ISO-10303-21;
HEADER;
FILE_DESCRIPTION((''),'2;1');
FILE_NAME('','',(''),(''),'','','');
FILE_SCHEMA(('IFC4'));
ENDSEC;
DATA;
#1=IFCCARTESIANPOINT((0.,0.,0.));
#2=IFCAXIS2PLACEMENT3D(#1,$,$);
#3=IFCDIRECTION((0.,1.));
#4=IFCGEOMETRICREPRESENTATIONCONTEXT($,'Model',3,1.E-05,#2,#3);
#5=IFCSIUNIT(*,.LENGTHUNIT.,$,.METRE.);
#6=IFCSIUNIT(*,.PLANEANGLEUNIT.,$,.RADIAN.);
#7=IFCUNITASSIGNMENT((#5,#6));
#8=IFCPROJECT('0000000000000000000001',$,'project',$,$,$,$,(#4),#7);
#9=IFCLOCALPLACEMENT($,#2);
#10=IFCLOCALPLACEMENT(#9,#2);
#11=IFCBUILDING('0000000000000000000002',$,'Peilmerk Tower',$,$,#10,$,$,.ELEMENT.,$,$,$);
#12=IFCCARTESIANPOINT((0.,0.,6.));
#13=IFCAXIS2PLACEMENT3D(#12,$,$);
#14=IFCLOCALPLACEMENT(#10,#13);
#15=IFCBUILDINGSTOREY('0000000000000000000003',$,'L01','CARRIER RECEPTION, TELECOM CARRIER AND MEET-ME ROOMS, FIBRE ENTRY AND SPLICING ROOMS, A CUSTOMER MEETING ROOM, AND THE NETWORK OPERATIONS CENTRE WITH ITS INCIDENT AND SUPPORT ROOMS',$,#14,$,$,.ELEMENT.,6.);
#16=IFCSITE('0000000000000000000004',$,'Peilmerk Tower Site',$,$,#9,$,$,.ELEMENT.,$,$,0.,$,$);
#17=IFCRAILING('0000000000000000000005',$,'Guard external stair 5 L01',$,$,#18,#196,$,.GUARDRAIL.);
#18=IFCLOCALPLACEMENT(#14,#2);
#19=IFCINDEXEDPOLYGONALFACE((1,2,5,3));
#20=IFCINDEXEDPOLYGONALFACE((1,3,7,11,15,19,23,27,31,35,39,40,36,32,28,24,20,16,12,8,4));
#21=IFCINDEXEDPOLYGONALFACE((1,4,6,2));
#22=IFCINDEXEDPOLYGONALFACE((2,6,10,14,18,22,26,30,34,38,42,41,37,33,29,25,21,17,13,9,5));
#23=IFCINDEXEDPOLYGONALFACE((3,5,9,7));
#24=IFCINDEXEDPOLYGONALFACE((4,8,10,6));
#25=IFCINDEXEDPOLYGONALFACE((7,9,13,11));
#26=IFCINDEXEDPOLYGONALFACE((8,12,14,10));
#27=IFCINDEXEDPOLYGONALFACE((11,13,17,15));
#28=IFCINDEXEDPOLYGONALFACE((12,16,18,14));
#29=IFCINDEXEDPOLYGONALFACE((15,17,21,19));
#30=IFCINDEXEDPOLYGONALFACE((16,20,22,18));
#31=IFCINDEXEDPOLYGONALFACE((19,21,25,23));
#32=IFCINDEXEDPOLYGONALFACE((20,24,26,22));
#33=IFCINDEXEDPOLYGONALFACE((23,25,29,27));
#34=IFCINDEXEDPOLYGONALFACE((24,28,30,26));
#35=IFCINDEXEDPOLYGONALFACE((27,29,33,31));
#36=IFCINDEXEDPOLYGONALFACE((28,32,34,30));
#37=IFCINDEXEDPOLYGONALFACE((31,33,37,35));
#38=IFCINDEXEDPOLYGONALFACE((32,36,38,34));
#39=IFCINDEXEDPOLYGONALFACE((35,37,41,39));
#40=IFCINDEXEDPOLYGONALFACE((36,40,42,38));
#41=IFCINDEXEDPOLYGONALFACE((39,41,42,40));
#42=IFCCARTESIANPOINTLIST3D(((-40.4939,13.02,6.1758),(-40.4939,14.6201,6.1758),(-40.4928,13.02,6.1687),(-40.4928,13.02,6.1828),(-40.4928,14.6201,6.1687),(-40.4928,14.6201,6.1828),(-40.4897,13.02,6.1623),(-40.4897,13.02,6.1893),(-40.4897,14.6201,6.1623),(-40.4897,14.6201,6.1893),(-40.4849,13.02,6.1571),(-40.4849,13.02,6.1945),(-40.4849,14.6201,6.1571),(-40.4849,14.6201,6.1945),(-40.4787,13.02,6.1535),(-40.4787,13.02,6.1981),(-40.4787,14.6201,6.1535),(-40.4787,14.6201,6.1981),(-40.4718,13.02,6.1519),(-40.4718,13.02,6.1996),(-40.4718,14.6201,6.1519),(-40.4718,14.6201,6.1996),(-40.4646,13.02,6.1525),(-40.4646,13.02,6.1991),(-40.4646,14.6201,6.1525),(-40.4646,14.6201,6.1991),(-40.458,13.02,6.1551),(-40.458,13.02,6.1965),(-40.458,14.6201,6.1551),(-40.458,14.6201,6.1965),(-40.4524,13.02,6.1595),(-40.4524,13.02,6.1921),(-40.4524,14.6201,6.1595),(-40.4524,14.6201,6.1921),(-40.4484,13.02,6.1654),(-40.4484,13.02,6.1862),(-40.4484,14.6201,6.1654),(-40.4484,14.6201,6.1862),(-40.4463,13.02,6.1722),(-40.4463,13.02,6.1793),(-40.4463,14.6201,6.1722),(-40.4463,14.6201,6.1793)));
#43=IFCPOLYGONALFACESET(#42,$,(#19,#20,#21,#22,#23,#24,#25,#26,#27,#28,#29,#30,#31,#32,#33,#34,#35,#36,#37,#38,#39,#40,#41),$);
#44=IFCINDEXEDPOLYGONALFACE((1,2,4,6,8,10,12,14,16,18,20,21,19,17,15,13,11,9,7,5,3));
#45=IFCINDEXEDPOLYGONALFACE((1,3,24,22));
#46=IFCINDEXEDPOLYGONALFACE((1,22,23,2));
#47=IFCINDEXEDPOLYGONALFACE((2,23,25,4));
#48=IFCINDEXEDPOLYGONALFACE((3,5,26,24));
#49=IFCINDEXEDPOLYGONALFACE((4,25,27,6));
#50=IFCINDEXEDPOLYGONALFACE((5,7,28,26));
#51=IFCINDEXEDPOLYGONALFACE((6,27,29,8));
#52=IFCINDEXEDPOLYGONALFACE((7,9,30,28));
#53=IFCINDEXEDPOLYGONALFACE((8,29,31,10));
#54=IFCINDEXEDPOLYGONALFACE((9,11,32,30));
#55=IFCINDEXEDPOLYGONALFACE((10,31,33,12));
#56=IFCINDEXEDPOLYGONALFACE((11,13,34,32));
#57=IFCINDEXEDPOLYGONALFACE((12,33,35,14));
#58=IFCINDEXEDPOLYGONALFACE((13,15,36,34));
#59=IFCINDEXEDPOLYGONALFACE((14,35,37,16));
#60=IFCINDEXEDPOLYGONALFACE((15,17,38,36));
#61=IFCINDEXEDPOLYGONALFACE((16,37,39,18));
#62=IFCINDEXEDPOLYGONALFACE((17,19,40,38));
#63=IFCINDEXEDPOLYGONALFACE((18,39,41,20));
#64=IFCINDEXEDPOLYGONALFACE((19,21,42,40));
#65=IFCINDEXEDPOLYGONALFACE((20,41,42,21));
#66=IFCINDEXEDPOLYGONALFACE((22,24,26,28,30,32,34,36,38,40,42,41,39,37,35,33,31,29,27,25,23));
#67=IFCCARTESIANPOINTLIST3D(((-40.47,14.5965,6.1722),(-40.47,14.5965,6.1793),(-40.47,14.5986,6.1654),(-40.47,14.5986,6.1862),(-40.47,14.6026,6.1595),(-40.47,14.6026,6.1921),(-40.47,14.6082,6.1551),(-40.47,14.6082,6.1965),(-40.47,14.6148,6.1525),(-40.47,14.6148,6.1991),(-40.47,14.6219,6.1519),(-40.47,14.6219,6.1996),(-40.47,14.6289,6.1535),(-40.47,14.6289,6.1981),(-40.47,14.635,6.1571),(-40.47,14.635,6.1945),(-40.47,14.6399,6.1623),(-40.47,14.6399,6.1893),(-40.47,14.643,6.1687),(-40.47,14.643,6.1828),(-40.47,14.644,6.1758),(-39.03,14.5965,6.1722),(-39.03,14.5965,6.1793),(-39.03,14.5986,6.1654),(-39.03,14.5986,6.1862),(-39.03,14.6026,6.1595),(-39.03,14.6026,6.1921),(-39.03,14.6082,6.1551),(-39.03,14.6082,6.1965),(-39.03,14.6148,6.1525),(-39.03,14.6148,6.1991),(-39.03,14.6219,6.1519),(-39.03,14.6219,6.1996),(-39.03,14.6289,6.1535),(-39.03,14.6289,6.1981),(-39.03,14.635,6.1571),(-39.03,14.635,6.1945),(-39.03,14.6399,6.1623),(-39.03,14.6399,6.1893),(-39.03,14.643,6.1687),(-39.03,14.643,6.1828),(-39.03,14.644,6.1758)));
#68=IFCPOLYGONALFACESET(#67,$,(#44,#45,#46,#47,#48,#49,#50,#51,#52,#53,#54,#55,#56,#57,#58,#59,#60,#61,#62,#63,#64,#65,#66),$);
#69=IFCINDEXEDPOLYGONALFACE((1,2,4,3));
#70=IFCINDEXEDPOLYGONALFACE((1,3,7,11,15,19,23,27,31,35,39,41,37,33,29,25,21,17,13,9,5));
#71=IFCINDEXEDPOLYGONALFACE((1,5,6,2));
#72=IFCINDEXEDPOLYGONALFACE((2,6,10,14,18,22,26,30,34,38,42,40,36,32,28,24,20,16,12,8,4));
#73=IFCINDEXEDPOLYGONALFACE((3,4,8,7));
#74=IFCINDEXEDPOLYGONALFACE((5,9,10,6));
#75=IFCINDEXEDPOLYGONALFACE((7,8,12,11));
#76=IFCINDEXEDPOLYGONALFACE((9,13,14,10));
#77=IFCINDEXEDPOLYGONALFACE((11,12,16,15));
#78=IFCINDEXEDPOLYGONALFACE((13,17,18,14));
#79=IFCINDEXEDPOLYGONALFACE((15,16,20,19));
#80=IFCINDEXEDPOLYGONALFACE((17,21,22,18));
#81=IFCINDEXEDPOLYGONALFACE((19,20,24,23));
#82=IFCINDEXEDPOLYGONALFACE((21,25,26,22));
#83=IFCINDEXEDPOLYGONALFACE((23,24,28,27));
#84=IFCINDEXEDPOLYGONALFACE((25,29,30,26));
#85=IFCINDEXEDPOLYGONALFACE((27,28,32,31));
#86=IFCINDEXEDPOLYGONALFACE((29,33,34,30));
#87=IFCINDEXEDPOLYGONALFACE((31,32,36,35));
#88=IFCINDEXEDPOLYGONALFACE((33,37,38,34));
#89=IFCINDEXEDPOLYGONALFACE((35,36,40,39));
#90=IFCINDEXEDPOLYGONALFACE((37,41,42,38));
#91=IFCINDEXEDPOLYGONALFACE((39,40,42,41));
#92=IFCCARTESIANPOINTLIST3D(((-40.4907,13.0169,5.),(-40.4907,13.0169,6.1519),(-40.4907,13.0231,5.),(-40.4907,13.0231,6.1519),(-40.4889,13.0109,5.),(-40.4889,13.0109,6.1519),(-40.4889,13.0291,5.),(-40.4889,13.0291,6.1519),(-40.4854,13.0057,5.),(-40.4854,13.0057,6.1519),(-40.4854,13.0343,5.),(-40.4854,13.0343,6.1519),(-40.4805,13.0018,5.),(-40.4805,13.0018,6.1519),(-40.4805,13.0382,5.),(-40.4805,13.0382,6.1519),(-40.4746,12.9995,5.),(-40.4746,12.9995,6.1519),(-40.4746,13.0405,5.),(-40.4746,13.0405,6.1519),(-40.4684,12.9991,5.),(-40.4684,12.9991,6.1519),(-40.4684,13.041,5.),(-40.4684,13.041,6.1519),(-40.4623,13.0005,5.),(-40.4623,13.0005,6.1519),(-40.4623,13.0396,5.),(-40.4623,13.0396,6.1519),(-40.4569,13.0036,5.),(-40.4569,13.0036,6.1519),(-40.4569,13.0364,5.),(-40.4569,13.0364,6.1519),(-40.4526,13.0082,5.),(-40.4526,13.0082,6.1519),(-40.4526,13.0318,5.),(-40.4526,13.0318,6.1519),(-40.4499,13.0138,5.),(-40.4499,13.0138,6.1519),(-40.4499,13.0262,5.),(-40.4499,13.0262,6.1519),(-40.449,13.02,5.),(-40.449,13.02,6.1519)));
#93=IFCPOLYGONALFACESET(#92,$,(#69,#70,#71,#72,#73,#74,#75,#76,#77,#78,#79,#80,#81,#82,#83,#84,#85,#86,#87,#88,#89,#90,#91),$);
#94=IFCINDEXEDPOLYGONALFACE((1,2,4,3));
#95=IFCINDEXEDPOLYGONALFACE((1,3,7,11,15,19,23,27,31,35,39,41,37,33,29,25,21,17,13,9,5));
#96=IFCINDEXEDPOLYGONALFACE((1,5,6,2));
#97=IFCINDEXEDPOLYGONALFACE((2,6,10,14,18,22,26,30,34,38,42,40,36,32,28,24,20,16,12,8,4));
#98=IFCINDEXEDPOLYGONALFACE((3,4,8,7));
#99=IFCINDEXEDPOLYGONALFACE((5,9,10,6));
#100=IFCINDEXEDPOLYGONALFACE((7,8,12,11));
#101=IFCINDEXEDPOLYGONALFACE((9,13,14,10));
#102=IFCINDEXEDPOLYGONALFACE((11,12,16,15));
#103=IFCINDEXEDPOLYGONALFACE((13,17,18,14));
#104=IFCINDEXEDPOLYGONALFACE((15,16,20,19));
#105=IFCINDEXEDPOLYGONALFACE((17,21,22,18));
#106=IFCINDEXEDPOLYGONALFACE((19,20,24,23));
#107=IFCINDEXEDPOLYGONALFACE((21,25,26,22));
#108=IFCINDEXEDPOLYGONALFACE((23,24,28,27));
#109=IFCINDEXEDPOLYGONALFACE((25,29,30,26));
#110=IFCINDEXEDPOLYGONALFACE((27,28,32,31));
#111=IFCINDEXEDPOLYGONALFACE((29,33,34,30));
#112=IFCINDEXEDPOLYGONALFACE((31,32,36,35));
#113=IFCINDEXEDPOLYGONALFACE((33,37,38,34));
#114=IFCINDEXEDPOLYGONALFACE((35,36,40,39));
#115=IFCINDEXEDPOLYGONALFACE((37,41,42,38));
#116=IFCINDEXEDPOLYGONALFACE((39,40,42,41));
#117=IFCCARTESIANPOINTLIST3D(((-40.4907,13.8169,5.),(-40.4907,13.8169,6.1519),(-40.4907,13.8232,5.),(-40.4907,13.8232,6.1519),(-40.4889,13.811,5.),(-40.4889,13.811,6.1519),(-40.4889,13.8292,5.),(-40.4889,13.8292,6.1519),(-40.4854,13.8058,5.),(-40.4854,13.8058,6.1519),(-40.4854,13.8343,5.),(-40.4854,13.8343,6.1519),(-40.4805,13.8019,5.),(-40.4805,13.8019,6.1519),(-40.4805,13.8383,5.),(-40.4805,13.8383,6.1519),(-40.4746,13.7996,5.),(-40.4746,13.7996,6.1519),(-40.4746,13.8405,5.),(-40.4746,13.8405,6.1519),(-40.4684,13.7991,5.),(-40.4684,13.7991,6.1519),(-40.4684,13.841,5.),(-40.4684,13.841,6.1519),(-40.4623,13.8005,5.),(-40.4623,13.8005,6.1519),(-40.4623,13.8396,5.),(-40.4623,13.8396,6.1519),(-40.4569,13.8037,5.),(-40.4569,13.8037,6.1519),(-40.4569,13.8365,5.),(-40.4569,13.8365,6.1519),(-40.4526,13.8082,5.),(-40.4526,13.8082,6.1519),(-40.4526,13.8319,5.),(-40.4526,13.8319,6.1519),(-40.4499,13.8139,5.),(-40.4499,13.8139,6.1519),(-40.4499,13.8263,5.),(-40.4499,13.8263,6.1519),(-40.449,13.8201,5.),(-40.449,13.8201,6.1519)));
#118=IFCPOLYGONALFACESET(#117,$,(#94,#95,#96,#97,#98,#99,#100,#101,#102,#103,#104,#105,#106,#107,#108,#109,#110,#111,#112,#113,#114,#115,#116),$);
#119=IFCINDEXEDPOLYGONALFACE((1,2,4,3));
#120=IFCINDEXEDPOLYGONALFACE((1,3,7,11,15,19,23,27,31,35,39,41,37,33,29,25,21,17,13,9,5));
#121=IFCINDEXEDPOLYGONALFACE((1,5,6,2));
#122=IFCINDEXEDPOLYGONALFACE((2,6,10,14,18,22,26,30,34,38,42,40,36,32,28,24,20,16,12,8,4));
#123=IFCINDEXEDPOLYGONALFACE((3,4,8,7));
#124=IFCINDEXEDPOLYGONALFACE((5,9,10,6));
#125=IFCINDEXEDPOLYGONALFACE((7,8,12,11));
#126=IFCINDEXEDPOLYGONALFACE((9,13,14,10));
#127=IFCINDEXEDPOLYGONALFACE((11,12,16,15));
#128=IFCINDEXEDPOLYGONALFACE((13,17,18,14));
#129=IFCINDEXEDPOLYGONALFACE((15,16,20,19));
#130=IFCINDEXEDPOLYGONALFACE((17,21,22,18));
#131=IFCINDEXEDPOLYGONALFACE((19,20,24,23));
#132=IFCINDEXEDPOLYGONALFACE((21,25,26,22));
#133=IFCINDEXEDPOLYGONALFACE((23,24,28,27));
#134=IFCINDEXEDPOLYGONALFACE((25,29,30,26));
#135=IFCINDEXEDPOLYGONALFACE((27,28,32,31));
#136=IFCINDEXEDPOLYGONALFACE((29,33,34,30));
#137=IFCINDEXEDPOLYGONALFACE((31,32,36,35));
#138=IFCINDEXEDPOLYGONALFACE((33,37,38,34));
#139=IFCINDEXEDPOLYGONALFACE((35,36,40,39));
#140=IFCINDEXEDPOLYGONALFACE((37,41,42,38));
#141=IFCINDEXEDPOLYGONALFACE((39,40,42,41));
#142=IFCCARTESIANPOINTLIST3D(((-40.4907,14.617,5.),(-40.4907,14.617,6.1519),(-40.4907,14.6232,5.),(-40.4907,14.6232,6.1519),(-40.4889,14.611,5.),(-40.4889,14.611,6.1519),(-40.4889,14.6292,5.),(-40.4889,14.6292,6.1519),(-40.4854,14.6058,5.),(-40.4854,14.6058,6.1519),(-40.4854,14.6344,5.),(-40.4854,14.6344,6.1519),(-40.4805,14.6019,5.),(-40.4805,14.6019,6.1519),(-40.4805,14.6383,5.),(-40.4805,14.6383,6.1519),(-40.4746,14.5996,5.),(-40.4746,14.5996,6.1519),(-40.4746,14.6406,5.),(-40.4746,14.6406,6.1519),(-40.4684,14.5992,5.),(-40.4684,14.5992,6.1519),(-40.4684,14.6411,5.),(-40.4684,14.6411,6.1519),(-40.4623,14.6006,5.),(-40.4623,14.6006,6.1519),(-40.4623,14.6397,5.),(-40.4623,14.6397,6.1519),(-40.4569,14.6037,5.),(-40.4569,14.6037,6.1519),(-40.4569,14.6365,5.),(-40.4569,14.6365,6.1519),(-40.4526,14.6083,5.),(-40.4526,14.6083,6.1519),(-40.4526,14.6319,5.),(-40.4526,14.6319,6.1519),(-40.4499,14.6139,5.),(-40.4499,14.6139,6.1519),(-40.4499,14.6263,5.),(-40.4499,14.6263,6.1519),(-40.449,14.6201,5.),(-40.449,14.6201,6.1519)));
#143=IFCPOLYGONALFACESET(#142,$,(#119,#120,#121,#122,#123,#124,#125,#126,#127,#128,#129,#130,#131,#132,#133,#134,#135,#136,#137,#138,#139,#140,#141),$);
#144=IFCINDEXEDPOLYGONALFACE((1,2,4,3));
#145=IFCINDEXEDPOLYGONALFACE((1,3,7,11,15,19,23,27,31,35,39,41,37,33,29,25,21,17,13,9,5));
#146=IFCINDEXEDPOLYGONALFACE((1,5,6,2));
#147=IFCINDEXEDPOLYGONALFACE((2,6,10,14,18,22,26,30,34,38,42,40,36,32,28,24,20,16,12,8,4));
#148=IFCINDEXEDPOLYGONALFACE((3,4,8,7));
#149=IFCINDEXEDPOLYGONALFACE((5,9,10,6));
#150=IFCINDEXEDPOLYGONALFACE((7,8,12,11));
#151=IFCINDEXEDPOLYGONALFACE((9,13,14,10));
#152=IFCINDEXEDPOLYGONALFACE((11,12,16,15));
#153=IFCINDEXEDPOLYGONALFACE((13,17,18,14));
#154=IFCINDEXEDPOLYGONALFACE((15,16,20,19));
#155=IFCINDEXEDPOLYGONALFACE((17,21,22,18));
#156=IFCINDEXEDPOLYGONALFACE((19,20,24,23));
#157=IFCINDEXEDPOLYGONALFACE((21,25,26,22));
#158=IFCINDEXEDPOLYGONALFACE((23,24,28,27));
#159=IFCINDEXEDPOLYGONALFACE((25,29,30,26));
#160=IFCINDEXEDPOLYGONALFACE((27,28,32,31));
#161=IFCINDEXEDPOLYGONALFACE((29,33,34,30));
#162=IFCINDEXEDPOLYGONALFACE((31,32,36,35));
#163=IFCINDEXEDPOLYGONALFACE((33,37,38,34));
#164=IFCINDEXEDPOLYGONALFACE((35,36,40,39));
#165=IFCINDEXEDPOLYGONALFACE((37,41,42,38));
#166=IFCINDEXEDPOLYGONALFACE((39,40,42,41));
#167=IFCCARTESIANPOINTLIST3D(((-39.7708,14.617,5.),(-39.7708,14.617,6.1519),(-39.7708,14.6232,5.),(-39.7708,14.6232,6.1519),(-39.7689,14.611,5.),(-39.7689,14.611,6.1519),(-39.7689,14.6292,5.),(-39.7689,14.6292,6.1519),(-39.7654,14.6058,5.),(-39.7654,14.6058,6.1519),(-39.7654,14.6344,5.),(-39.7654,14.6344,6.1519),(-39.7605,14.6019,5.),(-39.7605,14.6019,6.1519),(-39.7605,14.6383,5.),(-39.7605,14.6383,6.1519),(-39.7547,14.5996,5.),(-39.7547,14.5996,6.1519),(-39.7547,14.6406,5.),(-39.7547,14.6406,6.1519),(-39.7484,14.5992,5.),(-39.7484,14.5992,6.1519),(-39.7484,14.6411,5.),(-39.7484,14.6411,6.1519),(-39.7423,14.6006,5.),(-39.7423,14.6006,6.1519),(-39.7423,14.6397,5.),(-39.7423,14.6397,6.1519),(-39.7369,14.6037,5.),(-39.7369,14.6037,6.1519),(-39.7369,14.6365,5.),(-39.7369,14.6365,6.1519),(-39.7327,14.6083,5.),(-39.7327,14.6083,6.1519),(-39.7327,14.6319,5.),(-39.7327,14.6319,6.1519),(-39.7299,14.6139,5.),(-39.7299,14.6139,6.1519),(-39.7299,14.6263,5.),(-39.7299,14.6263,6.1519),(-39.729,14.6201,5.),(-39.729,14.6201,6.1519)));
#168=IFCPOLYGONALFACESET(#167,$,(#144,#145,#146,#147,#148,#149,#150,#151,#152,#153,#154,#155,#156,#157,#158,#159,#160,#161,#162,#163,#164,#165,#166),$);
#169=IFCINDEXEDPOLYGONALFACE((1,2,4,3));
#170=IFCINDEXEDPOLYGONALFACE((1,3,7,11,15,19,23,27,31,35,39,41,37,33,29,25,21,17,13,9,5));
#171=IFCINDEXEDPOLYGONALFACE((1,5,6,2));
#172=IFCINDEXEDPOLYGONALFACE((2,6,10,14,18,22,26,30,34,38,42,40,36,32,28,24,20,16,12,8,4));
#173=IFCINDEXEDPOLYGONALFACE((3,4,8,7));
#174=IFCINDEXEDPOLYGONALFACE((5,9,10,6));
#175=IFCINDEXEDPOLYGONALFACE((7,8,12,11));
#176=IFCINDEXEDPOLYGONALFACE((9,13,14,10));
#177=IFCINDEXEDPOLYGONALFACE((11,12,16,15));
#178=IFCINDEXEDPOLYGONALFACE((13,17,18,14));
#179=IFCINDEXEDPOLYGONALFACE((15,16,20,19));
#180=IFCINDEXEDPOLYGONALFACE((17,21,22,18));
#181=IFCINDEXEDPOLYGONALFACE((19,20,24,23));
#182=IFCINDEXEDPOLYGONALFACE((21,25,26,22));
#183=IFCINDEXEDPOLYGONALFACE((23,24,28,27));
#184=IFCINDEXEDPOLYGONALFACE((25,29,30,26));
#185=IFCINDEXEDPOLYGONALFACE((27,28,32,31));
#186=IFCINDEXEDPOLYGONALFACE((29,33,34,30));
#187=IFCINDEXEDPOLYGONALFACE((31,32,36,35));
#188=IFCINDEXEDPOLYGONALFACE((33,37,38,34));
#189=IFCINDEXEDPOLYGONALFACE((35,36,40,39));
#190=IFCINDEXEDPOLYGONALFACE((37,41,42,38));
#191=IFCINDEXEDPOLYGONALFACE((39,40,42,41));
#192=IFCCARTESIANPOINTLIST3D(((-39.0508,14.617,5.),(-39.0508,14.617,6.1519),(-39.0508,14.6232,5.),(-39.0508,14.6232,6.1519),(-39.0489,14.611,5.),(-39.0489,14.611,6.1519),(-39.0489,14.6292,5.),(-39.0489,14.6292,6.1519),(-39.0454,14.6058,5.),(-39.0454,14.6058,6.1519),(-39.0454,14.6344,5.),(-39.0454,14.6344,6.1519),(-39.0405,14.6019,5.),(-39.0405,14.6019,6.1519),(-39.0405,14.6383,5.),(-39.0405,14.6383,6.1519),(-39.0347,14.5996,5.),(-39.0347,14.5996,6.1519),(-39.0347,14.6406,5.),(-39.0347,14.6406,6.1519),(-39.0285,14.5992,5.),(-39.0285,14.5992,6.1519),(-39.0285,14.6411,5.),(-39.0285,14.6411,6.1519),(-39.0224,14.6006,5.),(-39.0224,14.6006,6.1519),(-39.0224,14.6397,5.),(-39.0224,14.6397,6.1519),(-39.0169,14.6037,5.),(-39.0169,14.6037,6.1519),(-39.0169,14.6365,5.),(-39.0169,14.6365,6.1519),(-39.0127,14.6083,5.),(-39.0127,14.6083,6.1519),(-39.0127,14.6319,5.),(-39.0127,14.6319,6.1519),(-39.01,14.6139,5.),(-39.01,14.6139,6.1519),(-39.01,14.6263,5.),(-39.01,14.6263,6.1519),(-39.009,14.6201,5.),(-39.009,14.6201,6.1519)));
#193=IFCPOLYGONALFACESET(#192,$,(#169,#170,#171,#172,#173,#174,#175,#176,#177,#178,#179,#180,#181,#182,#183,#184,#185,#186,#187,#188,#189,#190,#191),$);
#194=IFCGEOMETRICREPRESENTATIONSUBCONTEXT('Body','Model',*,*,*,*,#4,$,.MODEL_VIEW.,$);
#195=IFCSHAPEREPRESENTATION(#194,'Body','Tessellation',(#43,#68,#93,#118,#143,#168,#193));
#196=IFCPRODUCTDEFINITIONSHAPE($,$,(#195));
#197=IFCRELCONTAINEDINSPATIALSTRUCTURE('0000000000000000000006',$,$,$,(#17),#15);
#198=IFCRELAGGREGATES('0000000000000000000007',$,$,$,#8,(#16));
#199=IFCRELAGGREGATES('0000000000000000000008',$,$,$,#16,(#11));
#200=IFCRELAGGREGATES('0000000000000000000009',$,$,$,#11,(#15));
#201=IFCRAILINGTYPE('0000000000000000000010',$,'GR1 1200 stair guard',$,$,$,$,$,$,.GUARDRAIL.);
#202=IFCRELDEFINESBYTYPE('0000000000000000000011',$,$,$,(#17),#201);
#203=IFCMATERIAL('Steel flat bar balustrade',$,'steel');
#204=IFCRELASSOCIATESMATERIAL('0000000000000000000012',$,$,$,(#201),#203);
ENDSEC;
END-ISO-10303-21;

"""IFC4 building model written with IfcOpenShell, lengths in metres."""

from ifc_helpers import new_model, si_unit, direction, frame, origin, origin_2d, place, context, subcontext, project, spatial, circle, extrude, material, type_object, element, save


model = new_model("IFC4")

# Units and contexts
model_context = context("Model", 3, precision=1e-05, world=origin(), true_north=direction((0.0, 1.0)))
body_context = subcontext(model_context, "Body", "Model", "MODEL_VIEW")
ifc_project = project(units=[si_unit("LENGTHUNIT", "METRE"), si_unit("PLANEANGLEUNIT", "RADIAN")], contexts=[model_context])

# Site, building, storey
site_placement = place(None, origin())
site = spatial("IfcSite", under=ifc_project, at=site_placement, Name="Peilmerk Tower Site", CompositionType="ELEMENT", RefElevation=0.0)
building_placement = place(site_placement, origin())
building = spatial("IfcBuilding", under=site, at=building_placement, Name="Peilmerk Tower", CompositionType="ELEMENT")
storey_placement = place(building_placement, frame((0.0, 0.0, 6.0)))
storey = spatial("IfcBuildingStorey", under=building, at=storey_placement, Name="L01", Description="CARRIER RECEPTION, TELECOM CARRIER AND MEET-ME ROOMS, FIBRE ENTRY AND SPLICING ROOMS, A CUSTOMER MEETING ROOM, AND THE NETWORK OPERATIONS CENTRE WITH ITS INCIDENT AND SUPPORT ROOMS", CompositionType="ELEMENT", Elevation=6.0)

# Railing
ifc_material_1 = material(Name="Steel flat bar balustrade", Category="steel")
railing_type_1 = type_object("IfcRailingType", Name="GR1 1200 stair guard", PredefinedType="GUARDRAIL", material=ifc_material_1)
railing_1_placement = place(storey_placement, frame((-40.47, 13.02, 5.0)))
element("IfcRailing", 1, at=railing_1_placement, inside=storey, type_object=railing_type_1, Name="Guard external stair 5 L01", PredefinedType="GUARDRAIL", context=body_context, shape_type="SweptSolid", body=[
    extrude(circle(Radius=0.0239, at=origin_2d()), frame((0.0, 0.0, 1.1758), z_axis=(0.0, 1.0, 0.0), x_axis=(-1.0, 0.0, 0.0)), (0.0, 0.0, 1.0), 1.6001),
    extrude(circle(Radius=0.0239, at=origin_2d()), frame((0.0, 1.6001, 1.1758), z_axis=(1.0, 0.0, 0.0), x_axis=(0.0, 1.0, 0.0)), (0.0, 0.0, 1.0), 1.4399),
    extrude(circle(Radius=0.021, at=origin_2d()), origin(), (0.0, 0.0, 1.0), 1.1519),
    extrude(circle(Radius=0.021, at=origin_2d()), frame((0.0, 0.8, 0.0)), (0.0, 0.0, 1.0), 1.1519),
    extrude(circle(Radius=0.021, at=origin_2d()), frame((0.0, 1.6001, 0.0)), (0.0, 0.0, 1.0), 1.1519),
    extrude(circle(Radius=0.021, at=origin_2d()), frame((0.72, 1.6001, 0.0)), (0.0, 0.0, 1.0), 1.1519),
    extrude(circle(Radius=0.021, at=origin_2d()), frame((1.4399, 1.6001, 0.0)), (0.0, 0.0, 1.0), 1.1519),
])

save(model, "model.ifc")
